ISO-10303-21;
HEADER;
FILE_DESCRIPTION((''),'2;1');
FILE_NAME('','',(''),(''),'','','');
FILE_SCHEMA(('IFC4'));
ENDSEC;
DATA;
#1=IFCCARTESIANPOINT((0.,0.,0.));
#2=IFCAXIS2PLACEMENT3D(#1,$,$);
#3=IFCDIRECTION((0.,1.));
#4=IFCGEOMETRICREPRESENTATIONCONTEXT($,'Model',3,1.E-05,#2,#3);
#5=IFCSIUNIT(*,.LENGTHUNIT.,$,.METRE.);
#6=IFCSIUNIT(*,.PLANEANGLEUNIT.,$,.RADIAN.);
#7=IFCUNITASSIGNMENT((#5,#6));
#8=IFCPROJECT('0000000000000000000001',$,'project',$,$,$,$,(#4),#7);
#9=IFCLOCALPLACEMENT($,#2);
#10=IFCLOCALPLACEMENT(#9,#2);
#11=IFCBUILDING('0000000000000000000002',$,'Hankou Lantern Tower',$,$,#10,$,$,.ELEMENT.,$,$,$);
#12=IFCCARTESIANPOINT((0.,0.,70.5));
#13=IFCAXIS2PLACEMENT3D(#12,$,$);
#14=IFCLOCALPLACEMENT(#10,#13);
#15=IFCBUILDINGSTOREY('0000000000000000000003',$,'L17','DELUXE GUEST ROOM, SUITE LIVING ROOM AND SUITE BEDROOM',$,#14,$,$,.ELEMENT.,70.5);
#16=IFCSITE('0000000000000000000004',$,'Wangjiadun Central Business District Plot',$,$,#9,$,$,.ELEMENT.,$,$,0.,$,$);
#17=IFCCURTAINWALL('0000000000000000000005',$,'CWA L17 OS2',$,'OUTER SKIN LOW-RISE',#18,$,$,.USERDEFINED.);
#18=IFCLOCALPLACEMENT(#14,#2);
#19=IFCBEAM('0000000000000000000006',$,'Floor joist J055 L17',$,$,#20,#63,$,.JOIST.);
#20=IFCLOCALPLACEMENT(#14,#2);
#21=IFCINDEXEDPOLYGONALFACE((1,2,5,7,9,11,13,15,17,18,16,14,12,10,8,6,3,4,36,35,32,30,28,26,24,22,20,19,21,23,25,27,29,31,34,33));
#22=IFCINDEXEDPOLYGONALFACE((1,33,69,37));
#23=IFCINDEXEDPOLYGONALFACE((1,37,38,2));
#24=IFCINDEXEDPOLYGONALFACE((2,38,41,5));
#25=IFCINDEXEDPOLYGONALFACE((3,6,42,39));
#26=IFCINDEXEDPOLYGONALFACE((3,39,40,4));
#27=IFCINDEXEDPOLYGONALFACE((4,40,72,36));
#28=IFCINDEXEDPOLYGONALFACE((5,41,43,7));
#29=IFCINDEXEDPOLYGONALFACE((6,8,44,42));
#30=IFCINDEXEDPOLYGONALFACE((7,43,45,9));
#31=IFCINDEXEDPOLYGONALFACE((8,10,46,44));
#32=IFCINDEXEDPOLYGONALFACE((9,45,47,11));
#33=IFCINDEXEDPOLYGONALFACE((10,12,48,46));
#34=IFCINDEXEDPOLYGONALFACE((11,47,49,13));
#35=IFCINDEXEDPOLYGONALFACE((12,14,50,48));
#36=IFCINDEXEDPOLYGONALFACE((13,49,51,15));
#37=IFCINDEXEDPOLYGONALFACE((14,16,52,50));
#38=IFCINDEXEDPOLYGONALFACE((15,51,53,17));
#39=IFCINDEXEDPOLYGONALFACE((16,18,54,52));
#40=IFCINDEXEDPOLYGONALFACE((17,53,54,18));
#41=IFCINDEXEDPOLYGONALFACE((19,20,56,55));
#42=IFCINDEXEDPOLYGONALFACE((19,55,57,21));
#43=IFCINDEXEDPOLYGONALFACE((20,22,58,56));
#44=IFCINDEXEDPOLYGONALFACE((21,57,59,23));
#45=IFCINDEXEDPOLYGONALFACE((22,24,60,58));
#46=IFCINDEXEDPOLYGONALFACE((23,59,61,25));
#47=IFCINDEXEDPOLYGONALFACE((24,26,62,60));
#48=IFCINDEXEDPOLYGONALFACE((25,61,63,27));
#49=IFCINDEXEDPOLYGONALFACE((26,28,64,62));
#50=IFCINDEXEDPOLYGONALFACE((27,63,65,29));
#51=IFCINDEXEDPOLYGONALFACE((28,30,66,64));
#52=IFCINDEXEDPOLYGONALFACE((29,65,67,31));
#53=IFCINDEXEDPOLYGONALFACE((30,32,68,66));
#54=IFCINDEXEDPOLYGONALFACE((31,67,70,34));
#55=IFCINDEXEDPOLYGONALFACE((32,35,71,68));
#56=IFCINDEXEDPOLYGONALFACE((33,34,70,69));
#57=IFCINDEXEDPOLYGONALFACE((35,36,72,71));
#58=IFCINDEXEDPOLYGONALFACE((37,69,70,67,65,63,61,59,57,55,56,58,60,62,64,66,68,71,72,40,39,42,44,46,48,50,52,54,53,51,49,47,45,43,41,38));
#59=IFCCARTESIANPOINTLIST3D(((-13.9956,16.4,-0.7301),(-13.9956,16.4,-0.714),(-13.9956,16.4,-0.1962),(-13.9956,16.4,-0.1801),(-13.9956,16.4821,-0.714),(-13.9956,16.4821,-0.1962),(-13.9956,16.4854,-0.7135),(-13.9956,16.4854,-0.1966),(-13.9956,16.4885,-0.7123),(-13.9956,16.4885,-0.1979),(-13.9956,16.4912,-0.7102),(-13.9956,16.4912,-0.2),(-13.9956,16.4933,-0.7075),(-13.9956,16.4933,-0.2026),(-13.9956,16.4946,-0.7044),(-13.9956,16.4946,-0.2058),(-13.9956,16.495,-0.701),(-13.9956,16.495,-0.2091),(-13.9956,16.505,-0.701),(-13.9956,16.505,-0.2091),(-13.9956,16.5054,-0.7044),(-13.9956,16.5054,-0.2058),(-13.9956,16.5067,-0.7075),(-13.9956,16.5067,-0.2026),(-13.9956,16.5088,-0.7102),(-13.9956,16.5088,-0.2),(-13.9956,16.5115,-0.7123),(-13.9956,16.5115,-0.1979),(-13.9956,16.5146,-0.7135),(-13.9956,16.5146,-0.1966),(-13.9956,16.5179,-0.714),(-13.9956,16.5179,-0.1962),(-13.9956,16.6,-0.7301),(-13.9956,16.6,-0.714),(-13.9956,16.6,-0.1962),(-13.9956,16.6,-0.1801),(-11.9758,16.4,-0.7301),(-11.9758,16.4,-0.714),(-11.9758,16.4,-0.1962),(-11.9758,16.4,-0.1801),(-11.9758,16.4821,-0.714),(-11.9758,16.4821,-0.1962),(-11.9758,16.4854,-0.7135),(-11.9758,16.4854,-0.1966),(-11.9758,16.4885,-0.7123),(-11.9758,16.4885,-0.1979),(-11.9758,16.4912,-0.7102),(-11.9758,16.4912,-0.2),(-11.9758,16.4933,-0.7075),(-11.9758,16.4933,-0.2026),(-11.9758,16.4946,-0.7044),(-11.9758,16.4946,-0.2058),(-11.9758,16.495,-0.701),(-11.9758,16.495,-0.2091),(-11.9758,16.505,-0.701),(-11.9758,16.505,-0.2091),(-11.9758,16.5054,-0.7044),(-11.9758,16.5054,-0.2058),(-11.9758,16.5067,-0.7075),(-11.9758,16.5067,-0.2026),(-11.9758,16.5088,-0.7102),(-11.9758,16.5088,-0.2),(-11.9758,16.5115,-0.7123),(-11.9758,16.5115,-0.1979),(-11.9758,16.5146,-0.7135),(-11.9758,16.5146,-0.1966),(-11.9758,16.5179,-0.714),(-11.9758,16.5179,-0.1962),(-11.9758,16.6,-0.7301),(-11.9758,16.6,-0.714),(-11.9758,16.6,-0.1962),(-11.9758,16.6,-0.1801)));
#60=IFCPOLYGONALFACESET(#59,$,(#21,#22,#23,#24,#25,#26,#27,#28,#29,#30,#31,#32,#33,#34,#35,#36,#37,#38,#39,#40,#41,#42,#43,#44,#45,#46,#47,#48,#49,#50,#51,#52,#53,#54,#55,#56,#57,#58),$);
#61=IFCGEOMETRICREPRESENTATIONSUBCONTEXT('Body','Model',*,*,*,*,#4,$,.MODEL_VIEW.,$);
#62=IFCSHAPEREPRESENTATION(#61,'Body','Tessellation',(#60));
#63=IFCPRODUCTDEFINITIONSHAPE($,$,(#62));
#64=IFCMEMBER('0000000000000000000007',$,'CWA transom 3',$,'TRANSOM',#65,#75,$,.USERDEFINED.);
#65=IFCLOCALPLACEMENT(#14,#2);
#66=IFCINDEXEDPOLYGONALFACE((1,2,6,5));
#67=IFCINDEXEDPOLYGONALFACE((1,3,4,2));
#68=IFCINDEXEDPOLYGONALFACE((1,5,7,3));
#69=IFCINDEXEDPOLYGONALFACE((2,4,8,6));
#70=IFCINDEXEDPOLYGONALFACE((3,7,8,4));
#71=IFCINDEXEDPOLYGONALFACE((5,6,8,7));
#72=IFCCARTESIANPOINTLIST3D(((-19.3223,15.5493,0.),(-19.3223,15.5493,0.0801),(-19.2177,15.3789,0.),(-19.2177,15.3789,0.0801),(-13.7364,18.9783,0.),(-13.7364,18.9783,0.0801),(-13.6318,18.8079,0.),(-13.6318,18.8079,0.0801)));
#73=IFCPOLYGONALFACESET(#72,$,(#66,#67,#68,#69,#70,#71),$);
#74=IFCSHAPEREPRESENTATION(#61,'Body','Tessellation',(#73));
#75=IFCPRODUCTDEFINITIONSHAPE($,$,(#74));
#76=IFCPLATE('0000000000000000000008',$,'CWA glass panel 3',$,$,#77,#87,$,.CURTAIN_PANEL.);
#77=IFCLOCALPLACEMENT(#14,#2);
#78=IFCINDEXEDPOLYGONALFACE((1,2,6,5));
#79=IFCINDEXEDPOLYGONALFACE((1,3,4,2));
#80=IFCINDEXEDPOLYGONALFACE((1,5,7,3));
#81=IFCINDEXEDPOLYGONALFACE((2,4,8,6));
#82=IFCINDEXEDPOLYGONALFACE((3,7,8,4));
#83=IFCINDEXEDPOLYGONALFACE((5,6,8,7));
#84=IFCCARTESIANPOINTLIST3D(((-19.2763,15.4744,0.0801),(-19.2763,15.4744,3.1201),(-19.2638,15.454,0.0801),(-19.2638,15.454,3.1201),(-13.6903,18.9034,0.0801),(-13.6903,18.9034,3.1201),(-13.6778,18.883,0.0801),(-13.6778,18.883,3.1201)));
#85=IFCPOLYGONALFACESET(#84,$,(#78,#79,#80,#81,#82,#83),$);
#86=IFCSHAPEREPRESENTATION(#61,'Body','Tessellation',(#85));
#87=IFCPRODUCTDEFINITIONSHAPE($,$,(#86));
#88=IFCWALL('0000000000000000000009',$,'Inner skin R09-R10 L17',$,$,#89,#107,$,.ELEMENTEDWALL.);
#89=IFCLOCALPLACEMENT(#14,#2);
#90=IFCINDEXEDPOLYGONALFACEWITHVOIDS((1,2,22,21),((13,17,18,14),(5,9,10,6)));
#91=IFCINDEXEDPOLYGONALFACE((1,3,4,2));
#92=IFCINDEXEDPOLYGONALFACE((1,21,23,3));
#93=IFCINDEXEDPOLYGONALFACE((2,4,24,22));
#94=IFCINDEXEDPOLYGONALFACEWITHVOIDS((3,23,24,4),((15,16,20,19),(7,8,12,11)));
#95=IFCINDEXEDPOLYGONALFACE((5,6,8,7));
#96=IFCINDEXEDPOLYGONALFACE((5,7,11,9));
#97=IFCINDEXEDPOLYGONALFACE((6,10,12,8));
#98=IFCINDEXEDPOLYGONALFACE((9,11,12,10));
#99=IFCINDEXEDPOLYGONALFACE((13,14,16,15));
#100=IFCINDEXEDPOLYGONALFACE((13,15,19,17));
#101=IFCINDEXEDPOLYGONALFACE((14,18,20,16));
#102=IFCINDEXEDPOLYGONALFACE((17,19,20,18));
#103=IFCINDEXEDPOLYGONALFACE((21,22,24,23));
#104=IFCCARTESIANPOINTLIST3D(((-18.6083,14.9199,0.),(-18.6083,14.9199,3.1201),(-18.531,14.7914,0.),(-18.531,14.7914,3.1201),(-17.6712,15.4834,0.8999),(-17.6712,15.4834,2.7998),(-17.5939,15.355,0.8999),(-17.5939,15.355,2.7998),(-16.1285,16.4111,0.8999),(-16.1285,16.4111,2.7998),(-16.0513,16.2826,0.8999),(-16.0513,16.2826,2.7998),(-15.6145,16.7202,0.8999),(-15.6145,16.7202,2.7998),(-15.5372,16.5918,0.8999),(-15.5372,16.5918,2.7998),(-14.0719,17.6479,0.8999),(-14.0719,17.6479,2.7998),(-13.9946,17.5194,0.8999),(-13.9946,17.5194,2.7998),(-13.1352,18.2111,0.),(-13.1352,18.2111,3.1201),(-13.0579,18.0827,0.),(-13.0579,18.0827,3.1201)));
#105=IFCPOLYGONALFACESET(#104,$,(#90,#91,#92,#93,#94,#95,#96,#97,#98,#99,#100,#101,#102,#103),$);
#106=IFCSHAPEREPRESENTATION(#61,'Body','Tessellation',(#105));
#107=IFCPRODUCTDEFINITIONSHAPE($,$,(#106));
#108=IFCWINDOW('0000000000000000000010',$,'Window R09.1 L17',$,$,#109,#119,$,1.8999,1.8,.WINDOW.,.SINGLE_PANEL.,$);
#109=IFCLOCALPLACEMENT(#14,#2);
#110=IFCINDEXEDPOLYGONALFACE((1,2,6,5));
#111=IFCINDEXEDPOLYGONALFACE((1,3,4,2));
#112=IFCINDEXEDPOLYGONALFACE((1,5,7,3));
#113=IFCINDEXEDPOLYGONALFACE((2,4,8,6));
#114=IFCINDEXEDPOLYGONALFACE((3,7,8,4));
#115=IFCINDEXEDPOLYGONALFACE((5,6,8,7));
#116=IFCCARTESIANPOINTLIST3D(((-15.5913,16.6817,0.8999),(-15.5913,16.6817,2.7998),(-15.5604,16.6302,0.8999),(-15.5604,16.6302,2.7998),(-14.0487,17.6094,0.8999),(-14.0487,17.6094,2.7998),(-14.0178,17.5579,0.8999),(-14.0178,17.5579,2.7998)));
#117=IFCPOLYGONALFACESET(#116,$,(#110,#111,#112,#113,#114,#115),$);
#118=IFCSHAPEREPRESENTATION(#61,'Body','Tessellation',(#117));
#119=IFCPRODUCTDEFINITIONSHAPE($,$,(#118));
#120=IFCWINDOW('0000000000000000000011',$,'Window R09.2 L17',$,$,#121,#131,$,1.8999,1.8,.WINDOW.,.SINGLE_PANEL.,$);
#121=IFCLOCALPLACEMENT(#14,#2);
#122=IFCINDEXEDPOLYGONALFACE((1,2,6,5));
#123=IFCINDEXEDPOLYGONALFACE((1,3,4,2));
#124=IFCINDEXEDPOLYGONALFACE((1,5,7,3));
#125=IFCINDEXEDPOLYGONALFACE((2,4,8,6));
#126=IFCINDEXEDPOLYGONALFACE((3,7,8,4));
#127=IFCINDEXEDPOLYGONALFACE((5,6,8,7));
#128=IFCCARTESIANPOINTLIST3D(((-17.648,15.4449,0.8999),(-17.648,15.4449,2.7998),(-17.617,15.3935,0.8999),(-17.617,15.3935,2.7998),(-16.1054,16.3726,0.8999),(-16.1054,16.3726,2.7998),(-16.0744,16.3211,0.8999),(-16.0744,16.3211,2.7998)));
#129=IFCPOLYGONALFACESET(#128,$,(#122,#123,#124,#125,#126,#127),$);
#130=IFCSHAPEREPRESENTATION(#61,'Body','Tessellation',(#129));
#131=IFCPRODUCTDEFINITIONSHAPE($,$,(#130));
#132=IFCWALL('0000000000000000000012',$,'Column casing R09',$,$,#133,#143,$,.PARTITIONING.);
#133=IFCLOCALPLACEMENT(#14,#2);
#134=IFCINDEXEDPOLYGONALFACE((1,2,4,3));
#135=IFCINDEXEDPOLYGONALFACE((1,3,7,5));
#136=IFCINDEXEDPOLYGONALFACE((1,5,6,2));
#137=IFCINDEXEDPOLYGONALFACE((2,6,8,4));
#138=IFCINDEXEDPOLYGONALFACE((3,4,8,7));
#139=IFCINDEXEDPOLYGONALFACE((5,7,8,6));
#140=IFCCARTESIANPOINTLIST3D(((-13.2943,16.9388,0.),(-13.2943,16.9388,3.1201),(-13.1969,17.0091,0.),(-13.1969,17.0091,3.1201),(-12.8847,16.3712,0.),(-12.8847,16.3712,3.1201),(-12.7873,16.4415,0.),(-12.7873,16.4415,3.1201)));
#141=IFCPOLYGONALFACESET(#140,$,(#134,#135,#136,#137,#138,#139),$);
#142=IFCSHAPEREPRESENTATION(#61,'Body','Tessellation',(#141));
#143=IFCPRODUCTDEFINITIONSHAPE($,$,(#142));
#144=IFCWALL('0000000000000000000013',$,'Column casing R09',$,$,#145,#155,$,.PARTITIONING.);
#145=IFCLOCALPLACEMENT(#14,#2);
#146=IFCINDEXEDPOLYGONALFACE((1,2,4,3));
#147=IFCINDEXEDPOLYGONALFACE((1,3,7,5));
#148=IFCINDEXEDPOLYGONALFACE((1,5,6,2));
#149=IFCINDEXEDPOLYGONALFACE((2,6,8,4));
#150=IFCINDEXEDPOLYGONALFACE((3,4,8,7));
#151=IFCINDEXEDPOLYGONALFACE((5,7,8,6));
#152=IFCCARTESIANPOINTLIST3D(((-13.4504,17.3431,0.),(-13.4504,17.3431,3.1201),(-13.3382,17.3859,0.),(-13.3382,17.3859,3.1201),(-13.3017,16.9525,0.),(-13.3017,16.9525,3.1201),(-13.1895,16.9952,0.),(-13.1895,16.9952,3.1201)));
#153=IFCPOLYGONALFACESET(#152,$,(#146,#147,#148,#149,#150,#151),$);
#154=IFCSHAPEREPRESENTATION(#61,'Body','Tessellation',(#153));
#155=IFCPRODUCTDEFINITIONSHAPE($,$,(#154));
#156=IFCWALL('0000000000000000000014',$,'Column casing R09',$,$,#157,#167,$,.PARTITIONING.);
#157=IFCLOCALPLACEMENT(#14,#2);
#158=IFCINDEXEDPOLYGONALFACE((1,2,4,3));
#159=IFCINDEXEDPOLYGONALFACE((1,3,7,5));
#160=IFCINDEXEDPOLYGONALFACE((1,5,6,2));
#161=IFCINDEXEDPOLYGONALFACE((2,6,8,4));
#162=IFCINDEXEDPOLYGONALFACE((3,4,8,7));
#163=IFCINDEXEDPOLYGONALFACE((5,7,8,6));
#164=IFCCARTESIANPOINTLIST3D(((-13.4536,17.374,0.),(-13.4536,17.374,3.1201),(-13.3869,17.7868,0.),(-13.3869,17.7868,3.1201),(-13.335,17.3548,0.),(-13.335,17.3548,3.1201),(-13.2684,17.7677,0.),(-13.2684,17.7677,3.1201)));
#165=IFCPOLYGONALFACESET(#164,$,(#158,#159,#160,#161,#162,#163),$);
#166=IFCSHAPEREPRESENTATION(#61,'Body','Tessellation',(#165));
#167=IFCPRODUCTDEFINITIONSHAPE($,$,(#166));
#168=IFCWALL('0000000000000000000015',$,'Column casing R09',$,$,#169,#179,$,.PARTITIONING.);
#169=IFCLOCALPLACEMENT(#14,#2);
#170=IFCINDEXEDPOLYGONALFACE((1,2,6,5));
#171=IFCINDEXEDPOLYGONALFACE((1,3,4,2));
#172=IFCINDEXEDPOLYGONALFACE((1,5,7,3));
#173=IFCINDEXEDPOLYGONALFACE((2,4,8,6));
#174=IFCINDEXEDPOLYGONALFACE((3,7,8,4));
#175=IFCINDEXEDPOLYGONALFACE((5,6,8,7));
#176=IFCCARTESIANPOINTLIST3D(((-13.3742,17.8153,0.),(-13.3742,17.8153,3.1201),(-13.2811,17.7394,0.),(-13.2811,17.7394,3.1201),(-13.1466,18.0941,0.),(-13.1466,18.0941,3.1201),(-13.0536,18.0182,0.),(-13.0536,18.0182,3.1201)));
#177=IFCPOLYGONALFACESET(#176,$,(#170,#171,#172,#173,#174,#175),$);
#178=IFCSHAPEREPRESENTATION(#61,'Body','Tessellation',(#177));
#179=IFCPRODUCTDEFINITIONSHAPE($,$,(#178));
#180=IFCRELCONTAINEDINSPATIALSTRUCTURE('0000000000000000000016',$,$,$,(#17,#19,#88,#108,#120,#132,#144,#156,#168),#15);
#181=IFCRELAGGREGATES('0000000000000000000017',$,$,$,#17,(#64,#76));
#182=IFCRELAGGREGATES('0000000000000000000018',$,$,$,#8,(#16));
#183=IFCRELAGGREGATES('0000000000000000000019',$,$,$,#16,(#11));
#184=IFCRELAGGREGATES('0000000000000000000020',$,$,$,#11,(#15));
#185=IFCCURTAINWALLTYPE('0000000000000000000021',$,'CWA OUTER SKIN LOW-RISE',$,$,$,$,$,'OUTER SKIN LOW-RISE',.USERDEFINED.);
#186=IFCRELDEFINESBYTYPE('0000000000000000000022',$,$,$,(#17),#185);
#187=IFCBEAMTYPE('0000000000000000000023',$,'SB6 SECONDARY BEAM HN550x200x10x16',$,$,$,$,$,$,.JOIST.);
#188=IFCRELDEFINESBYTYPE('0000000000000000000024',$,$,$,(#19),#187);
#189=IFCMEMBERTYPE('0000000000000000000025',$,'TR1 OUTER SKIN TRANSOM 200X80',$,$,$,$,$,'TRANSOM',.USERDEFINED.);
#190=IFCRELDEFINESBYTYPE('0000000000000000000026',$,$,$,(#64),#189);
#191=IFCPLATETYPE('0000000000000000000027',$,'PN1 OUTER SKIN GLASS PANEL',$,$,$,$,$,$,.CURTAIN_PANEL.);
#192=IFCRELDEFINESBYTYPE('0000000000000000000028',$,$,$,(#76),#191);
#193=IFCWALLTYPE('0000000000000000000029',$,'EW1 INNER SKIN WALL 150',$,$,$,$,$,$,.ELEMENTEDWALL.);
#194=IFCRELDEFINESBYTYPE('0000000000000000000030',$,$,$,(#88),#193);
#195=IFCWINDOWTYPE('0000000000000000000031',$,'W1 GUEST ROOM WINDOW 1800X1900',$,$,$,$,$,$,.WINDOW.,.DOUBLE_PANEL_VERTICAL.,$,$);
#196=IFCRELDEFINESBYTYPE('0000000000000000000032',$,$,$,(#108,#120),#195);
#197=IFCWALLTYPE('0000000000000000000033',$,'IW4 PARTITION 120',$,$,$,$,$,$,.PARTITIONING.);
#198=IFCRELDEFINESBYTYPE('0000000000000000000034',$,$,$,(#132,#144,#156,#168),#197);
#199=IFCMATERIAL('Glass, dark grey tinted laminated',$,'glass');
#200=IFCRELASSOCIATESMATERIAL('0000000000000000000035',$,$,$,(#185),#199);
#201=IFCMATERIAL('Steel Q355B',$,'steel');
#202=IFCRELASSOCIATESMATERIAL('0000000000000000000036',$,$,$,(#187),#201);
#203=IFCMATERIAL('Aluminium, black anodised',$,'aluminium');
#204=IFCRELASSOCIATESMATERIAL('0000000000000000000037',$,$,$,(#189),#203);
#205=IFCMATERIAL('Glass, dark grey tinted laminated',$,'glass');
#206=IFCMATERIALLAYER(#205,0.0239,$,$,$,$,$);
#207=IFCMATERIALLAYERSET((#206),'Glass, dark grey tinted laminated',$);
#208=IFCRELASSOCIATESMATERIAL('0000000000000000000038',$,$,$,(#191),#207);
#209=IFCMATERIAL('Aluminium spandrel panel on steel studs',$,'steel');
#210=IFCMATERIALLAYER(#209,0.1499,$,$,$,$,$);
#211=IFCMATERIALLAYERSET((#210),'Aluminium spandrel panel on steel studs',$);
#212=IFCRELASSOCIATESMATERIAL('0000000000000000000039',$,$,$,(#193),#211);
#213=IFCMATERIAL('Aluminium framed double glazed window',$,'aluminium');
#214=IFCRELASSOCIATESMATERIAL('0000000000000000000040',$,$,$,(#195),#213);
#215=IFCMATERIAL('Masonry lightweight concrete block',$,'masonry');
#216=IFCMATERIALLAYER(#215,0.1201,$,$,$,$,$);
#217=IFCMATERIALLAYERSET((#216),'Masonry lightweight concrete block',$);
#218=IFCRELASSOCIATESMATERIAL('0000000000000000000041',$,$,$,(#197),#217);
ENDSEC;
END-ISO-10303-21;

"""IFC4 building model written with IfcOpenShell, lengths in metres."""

from ifc_helpers import new_model, si_unit, direction, frame, frame_2d, origin, origin_2d, place, context, subcontext, project, spatial, rectangle, i_section, extrude, material, layer, layer_set, material_profile, profile_set, type_object, element, fill, aggregate, save


model = new_model("IFC4")

# Units and contexts
model_context = context("Model", 3, precision=1e-05, world=origin(), true_north=direction((0.0, 1.0)))
body_context = subcontext(model_context, "Body", "Model", "MODEL_VIEW")
ifc_project = project(units=[si_unit("LENGTHUNIT", "METRE"), si_unit("PLANEANGLEUNIT", "RADIAN")], contexts=[model_context])

# Site, building, storey
site_placement = place(None, origin())
site = spatial("IfcSite", under=ifc_project, at=site_placement, Name="Wangjiadun Central Business District Plot", CompositionType="ELEMENT", RefElevation=0.0)
building_placement = place(site_placement, origin())
building = spatial("IfcBuilding", under=site, at=building_placement, Name="Hankou Lantern Tower", CompositionType="ELEMENT")
storey_placement = place(building_placement, frame((0.0, 0.0, 70.5)))
storey = spatial("IfcBuildingStorey", under=building, at=storey_placement, Name="L17", Description="DELUXE GUEST ROOM, SUITE LIVING ROOM AND SUITE BEDROOM", CompositionType="ELEMENT", Elevation=70.5)

# Curtain wall
ifc_material_1 = material(Name="Glass, dark grey tinted laminated", Category="glass")
curtain_wall_type = type_object("IfcCurtainWallType", Name="CWA OUTER SKIN LOW-RISE", ElementType="OUTER SKIN LOW-RISE", PredefinedType="USERDEFINED", material=ifc_material_1)
curtain_wall_placement = place(storey_placement, origin())
curtain_wall = element("IfcCurtainWall", 1, at=curtain_wall_placement, inside=storey, type_object=curtain_wall_type, Name="CWA L17 OS2", ObjectType="OUTER SKIN LOW-RISE", PredefinedType="USERDEFINED")

# Beam
ifc_material_2 = material(Name="Steel Q355B", Category="steel")
ifc_material_profile_1 = material_profile(ifc_material_2, i_section(OverallWidth=0.2, OverallDepth=0.55, WebThickness=0.01, FlangeThickness=0.0161, FilletRadius=0.0129, at=origin_2d()), Name="HN550x200x10x16")
ifc_profile_set_1 = profile_set([ifc_material_profile_1], Name="Steel Q355B")
beam_type_1 = type_object("IfcBeamType", Name="SB6 SECONDARY BEAM HN550x200x10x16", PredefinedType="JOIST", material=ifc_profile_set_1)
beam_1_placement = place(storey_placement, frame((-13.9956, 16.5, -0.4551), z_axis=(1.0, 0.0, 0.0), x_axis=(0.0, 1.0, 0.0)))
element("IfcBeam", 2, at=beam_1_placement, inside=storey, type_object=beam_type_1, Name="Floor joist J055 L17", PredefinedType="JOIST", context=body_context, shape_type="SweptSolid", body=[
    extrude(i_section(OverallWidth=0.2, OverallDepth=0.55, WebThickness=0.01, FlangeThickness=0.0161, FilletRadius=0.0129, at=origin_2d()), origin(), (0.0, 0.0, 1.0), 2.0198),
])

# Member
ifc_material_3 = material(Name="Aluminium, black anodised", Category="aluminium")
ifc_material_profile_2 = material_profile(ifc_material_3, rectangle(XDim=0.2, YDim=0.0801, at=origin_2d()), Name="TR1 200X80")
ifc_profile_set_2 = profile_set([ifc_material_profile_2], Name="Aluminium, black anodised")
member_type_1 = type_object("IfcMemberType", Name="TR1 OUTER SKIN TRANSOM 200X80", ElementType="TRANSOM", PredefinedType="USERDEFINED", material=ifc_profile_set_2)
member_1_placement = place(storey_placement, frame((-13.6841, 18.8931, 0.04), z_axis=(-0.85224, -0.523152, 0.0), x_axis=(0.523152, -0.85224, 0.0)))
member_1 = element("IfcMember", 3, at=member_1_placement, type_object=member_type_1, Name="CWA transom 3", ObjectType="TRANSOM", PredefinedType="USERDEFINED", context=body_context, shape_type="SweptSolid", body=[
    extrude(rectangle(XDim=0.2, YDim=0.0801, at=origin_2d()), origin(), (0.0, 0.0, 1.0), 6.5544),
])

# Plate
ifc_material_4 = material(Name="Glass, dark grey tinted laminated", Category="glass")
ifc_layer_1 = layer(ifc_material_4, 0.0239)
ifc_layer_set_1 = layer_set([ifc_layer_1], Name="Glass, dark grey tinted laminated")
plate_type = type_object("IfcPlateType", Name="PN1 OUTER SKIN GLASS PANEL", PredefinedType="CURTAIN_PANEL", material=ifc_layer_set_1)
plate_placement = place(storey_placement, frame((-16.4771, 17.1787, 0.0801), z_axis=(0.0, 0.0, 1.0), x_axis=(-0.852237, -0.523156, 0.0)))
plate = element("IfcPlate", 4, at=plate_placement, type_object=plate_type, Name="CWA glass panel 3", PredefinedType="CURTAIN_PANEL", context=body_context, shape_type="SweptSolid", body=[
    extrude(rectangle(XDim=6.5544, YDim=0.0239, at=origin_2d()), origin(), (0.0, 0.0, 1.0), 3.04),
])
aggregate(curtain_wall, [member_1, plate])

# Wall, openings, windows
ifc_material_5 = material(Name="Aluminium spandrel panel on steel studs", Category="steel")
ifc_layer_2 = layer(ifc_material_5, 0.1499)
ifc_layer_set_2 = layer_set([ifc_layer_2], Name="Aluminium spandrel panel on steel studs")
wall_type_1 = type_object("IfcWallType", Name="EW1 INNER SKIN WALL 150", PredefinedType="ELEMENTEDWALL", material=ifc_layer_set_2)
wall_1_placement = place(storey_placement, frame((-13.0964, 18.147, 0.0), z_axis=(0.0, 0.0, 1.0), x_axis=(-0.856983, -0.515344, 0.0)))
wall_1 = element("IfcWall", 5, at=wall_1_placement, inside=storey, type_object=wall_type_1, Name="Inner skin R09-R10 L17", PredefinedType="ELEMENTEDWALL", context=body_context, shape_type="SweptSolid", body=[
    extrude(rectangle(XDim=6.3865, YDim=0.1499, at=frame_2d((3.1934, 0.0))), origin(), (0.0, 0.0, 1.0), 3.1201),
])
opening_1_placement = place(wall_1_placement, frame((1.0933, 0.0, 0.8999)))
opening_1 = element("IfcOpeningElement", 6, at=opening_1_placement, cuts=wall_1, PredefinedType="OPENING", context=body_context, shape_type="SweptSolid", body=[
    extrude(rectangle(XDim=1.8, YDim=1.8999, at=frame_2d((0.8999, 0.95))), frame((0.0, 0.085, 0.0), z_axis=(0.0, -1.0, 0.0), x_axis=(1.0, 0.0, 0.0)), (0.0, 0.0, 1.0), 0.1699),
])
opening_2_placement = place(wall_1_placement, frame((3.4932, 0.0, 0.8999)))
opening_2 = element("IfcOpeningElement", 7, at=opening_2_placement, cuts=wall_1, PredefinedType="OPENING", context=body_context, shape_type="SweptSolid", body=[
    extrude(rectangle(XDim=1.8, YDim=1.8999, at=frame_2d((0.8999, 0.95))), frame((0.0, 0.085, 0.0), z_axis=(0.0, -1.0, 0.0), x_axis=(1.0, 0.0, 0.0)), (0.0, 0.0, 1.0), 0.1699),
])
ifc_material_6 = material(Name="Aluminium framed double glazed window", Category="aluminium")
window_type = type_object("IfcWindowType", Name="W1 GUEST ROOM WINDOW 1800X1900", PartitioningType="DOUBLE_PANEL_VERTICAL", PredefinedType="WINDOW", material=ifc_material_6)
window_1_placement = place(opening_1_placement, origin())
window_1 = element("IfcWindow", 8, at=window_1_placement, inside=storey, type_object=window_type, Name="Window R09.1 L17", OverallHeight=1.8999, OverallWidth=1.8, PartitioningType="SINGLE_PANEL", PredefinedType="WINDOW", context=body_context, shape_type="SweptSolid", body=[
    extrude(rectangle(XDim=1.8, YDim=1.8999, at=frame_2d((0.8999, 0.95))), frame((0.0, 0.03, 0.0), z_axis=(0.0, -1.0, 0.0), x_axis=(1.0, 0.0, 0.0)), (0.0, 0.0, 1.0), 0.0601),
])
fill(opening_1, window_1)
window_2_placement = place(opening_2_placement, origin())
window_2 = element("IfcWindow", 9, at=window_2_placement, inside=storey, type_object=window_type, Name="Window R09.2 L17", OverallHeight=1.8999, OverallWidth=1.8, PartitioningType="SINGLE_PANEL", PredefinedType="WINDOW", context=body_context, shape_type="SweptSolid", body=[
    extrude(rectangle(XDim=1.8, YDim=1.8999, at=frame_2d((0.8999, 0.95))), frame((0.0, 0.03, 0.0), z_axis=(0.0, -1.0, 0.0), x_axis=(1.0, 0.0, 0.0)), (0.0, 0.0, 1.0), 0.0601),
])
fill(opening_2, window_2)

# Walls
ifc_material_7 = material(Name="Masonry lightweight concrete block", Category="masonry")
ifc_layer_3 = layer(ifc_material_7, 0.1201)
ifc_layer_set_3 = layer_set([ifc_layer_3], Name="Masonry lightweight concrete block")
wall_type_2 = type_object("IfcWallType", Name="IW4 PARTITION 120", PredefinedType="PARTITIONING", material=ifc_layer_set_3)
wall_2_placement = place(storey_placement, frame((-12.8359, 16.4062, 0.0), z_axis=(0.0, 0.0, 1.0), x_axis=(-0.585223, 0.810872, 0.0)))
element("IfcWall", 10, at=wall_2_placement, inside=storey, type_object=wall_type_2, Name="Column casing R09", PredefinedType="PARTITIONING", context=body_context, shape_type="SweptSolid", body=[
    extrude(rectangle(XDim=0.7, YDim=0.1201, at=frame_2d((0.3501, 0.0))), origin(), (0.0, 0.0, 1.0), 3.1201),
])
wall_3_placement = place(storey_placement, frame((-13.2456, 16.9739, 0.0), z_axis=(0.0, 0.0, 1.0), x_axis=(-0.355728, 0.934589, 0.0)))
element("IfcWall", 11, at=wall_3_placement, inside=storey, type_object=wall_type_2, Name="Column casing R09", PredefinedType="PARTITIONING", context=body_context, shape_type="SweptSolid", body=[
    extrude(rectangle(XDim=0.418, YDim=0.1201, at=frame_2d((0.209, 0.0))), origin(), (0.0, 0.0, 1.0), 3.1201),
])
wall_4_placement = place(storey_placement, frame((-13.3943, 17.3645, 0.0), z_axis=(0.0, 0.0, 1.0), x_axis=(0.159379, 0.987217, 0.0)))
element("IfcWall", 12, at=wall_4_placement, inside=storey, type_object=wall_type_2, Name="Column casing R09", PredefinedType="PARTITIONING", context=body_context, shape_type="SweptSolid", body=[
    extrude(rectangle(XDim=0.4182, YDim=0.1201, at=frame_2d((0.209, 0.0))), origin(), (0.0, 0.0, 1.0), 3.1201),
])
wall_5_placement = place(storey_placement, frame((-13.3276, 17.7773, 0.0), z_axis=(0.0, 0.0, 1.0), x_axis=(0.632277, 0.774743, 0.0)))
element("IfcWall", 13, at=wall_5_placement, inside=storey, type_object=wall_type_2, Name="Column casing R09", PredefinedType="PARTITIONING", context=body_context, shape_type="SweptSolid", body=[
    extrude(rectangle(XDim=0.3599, YDim=0.1201, at=frame_2d((0.1799, 0.0))), origin(), (0.0, 0.0, 1.0), 3.1201),
])

save(model, "model.ifc")
